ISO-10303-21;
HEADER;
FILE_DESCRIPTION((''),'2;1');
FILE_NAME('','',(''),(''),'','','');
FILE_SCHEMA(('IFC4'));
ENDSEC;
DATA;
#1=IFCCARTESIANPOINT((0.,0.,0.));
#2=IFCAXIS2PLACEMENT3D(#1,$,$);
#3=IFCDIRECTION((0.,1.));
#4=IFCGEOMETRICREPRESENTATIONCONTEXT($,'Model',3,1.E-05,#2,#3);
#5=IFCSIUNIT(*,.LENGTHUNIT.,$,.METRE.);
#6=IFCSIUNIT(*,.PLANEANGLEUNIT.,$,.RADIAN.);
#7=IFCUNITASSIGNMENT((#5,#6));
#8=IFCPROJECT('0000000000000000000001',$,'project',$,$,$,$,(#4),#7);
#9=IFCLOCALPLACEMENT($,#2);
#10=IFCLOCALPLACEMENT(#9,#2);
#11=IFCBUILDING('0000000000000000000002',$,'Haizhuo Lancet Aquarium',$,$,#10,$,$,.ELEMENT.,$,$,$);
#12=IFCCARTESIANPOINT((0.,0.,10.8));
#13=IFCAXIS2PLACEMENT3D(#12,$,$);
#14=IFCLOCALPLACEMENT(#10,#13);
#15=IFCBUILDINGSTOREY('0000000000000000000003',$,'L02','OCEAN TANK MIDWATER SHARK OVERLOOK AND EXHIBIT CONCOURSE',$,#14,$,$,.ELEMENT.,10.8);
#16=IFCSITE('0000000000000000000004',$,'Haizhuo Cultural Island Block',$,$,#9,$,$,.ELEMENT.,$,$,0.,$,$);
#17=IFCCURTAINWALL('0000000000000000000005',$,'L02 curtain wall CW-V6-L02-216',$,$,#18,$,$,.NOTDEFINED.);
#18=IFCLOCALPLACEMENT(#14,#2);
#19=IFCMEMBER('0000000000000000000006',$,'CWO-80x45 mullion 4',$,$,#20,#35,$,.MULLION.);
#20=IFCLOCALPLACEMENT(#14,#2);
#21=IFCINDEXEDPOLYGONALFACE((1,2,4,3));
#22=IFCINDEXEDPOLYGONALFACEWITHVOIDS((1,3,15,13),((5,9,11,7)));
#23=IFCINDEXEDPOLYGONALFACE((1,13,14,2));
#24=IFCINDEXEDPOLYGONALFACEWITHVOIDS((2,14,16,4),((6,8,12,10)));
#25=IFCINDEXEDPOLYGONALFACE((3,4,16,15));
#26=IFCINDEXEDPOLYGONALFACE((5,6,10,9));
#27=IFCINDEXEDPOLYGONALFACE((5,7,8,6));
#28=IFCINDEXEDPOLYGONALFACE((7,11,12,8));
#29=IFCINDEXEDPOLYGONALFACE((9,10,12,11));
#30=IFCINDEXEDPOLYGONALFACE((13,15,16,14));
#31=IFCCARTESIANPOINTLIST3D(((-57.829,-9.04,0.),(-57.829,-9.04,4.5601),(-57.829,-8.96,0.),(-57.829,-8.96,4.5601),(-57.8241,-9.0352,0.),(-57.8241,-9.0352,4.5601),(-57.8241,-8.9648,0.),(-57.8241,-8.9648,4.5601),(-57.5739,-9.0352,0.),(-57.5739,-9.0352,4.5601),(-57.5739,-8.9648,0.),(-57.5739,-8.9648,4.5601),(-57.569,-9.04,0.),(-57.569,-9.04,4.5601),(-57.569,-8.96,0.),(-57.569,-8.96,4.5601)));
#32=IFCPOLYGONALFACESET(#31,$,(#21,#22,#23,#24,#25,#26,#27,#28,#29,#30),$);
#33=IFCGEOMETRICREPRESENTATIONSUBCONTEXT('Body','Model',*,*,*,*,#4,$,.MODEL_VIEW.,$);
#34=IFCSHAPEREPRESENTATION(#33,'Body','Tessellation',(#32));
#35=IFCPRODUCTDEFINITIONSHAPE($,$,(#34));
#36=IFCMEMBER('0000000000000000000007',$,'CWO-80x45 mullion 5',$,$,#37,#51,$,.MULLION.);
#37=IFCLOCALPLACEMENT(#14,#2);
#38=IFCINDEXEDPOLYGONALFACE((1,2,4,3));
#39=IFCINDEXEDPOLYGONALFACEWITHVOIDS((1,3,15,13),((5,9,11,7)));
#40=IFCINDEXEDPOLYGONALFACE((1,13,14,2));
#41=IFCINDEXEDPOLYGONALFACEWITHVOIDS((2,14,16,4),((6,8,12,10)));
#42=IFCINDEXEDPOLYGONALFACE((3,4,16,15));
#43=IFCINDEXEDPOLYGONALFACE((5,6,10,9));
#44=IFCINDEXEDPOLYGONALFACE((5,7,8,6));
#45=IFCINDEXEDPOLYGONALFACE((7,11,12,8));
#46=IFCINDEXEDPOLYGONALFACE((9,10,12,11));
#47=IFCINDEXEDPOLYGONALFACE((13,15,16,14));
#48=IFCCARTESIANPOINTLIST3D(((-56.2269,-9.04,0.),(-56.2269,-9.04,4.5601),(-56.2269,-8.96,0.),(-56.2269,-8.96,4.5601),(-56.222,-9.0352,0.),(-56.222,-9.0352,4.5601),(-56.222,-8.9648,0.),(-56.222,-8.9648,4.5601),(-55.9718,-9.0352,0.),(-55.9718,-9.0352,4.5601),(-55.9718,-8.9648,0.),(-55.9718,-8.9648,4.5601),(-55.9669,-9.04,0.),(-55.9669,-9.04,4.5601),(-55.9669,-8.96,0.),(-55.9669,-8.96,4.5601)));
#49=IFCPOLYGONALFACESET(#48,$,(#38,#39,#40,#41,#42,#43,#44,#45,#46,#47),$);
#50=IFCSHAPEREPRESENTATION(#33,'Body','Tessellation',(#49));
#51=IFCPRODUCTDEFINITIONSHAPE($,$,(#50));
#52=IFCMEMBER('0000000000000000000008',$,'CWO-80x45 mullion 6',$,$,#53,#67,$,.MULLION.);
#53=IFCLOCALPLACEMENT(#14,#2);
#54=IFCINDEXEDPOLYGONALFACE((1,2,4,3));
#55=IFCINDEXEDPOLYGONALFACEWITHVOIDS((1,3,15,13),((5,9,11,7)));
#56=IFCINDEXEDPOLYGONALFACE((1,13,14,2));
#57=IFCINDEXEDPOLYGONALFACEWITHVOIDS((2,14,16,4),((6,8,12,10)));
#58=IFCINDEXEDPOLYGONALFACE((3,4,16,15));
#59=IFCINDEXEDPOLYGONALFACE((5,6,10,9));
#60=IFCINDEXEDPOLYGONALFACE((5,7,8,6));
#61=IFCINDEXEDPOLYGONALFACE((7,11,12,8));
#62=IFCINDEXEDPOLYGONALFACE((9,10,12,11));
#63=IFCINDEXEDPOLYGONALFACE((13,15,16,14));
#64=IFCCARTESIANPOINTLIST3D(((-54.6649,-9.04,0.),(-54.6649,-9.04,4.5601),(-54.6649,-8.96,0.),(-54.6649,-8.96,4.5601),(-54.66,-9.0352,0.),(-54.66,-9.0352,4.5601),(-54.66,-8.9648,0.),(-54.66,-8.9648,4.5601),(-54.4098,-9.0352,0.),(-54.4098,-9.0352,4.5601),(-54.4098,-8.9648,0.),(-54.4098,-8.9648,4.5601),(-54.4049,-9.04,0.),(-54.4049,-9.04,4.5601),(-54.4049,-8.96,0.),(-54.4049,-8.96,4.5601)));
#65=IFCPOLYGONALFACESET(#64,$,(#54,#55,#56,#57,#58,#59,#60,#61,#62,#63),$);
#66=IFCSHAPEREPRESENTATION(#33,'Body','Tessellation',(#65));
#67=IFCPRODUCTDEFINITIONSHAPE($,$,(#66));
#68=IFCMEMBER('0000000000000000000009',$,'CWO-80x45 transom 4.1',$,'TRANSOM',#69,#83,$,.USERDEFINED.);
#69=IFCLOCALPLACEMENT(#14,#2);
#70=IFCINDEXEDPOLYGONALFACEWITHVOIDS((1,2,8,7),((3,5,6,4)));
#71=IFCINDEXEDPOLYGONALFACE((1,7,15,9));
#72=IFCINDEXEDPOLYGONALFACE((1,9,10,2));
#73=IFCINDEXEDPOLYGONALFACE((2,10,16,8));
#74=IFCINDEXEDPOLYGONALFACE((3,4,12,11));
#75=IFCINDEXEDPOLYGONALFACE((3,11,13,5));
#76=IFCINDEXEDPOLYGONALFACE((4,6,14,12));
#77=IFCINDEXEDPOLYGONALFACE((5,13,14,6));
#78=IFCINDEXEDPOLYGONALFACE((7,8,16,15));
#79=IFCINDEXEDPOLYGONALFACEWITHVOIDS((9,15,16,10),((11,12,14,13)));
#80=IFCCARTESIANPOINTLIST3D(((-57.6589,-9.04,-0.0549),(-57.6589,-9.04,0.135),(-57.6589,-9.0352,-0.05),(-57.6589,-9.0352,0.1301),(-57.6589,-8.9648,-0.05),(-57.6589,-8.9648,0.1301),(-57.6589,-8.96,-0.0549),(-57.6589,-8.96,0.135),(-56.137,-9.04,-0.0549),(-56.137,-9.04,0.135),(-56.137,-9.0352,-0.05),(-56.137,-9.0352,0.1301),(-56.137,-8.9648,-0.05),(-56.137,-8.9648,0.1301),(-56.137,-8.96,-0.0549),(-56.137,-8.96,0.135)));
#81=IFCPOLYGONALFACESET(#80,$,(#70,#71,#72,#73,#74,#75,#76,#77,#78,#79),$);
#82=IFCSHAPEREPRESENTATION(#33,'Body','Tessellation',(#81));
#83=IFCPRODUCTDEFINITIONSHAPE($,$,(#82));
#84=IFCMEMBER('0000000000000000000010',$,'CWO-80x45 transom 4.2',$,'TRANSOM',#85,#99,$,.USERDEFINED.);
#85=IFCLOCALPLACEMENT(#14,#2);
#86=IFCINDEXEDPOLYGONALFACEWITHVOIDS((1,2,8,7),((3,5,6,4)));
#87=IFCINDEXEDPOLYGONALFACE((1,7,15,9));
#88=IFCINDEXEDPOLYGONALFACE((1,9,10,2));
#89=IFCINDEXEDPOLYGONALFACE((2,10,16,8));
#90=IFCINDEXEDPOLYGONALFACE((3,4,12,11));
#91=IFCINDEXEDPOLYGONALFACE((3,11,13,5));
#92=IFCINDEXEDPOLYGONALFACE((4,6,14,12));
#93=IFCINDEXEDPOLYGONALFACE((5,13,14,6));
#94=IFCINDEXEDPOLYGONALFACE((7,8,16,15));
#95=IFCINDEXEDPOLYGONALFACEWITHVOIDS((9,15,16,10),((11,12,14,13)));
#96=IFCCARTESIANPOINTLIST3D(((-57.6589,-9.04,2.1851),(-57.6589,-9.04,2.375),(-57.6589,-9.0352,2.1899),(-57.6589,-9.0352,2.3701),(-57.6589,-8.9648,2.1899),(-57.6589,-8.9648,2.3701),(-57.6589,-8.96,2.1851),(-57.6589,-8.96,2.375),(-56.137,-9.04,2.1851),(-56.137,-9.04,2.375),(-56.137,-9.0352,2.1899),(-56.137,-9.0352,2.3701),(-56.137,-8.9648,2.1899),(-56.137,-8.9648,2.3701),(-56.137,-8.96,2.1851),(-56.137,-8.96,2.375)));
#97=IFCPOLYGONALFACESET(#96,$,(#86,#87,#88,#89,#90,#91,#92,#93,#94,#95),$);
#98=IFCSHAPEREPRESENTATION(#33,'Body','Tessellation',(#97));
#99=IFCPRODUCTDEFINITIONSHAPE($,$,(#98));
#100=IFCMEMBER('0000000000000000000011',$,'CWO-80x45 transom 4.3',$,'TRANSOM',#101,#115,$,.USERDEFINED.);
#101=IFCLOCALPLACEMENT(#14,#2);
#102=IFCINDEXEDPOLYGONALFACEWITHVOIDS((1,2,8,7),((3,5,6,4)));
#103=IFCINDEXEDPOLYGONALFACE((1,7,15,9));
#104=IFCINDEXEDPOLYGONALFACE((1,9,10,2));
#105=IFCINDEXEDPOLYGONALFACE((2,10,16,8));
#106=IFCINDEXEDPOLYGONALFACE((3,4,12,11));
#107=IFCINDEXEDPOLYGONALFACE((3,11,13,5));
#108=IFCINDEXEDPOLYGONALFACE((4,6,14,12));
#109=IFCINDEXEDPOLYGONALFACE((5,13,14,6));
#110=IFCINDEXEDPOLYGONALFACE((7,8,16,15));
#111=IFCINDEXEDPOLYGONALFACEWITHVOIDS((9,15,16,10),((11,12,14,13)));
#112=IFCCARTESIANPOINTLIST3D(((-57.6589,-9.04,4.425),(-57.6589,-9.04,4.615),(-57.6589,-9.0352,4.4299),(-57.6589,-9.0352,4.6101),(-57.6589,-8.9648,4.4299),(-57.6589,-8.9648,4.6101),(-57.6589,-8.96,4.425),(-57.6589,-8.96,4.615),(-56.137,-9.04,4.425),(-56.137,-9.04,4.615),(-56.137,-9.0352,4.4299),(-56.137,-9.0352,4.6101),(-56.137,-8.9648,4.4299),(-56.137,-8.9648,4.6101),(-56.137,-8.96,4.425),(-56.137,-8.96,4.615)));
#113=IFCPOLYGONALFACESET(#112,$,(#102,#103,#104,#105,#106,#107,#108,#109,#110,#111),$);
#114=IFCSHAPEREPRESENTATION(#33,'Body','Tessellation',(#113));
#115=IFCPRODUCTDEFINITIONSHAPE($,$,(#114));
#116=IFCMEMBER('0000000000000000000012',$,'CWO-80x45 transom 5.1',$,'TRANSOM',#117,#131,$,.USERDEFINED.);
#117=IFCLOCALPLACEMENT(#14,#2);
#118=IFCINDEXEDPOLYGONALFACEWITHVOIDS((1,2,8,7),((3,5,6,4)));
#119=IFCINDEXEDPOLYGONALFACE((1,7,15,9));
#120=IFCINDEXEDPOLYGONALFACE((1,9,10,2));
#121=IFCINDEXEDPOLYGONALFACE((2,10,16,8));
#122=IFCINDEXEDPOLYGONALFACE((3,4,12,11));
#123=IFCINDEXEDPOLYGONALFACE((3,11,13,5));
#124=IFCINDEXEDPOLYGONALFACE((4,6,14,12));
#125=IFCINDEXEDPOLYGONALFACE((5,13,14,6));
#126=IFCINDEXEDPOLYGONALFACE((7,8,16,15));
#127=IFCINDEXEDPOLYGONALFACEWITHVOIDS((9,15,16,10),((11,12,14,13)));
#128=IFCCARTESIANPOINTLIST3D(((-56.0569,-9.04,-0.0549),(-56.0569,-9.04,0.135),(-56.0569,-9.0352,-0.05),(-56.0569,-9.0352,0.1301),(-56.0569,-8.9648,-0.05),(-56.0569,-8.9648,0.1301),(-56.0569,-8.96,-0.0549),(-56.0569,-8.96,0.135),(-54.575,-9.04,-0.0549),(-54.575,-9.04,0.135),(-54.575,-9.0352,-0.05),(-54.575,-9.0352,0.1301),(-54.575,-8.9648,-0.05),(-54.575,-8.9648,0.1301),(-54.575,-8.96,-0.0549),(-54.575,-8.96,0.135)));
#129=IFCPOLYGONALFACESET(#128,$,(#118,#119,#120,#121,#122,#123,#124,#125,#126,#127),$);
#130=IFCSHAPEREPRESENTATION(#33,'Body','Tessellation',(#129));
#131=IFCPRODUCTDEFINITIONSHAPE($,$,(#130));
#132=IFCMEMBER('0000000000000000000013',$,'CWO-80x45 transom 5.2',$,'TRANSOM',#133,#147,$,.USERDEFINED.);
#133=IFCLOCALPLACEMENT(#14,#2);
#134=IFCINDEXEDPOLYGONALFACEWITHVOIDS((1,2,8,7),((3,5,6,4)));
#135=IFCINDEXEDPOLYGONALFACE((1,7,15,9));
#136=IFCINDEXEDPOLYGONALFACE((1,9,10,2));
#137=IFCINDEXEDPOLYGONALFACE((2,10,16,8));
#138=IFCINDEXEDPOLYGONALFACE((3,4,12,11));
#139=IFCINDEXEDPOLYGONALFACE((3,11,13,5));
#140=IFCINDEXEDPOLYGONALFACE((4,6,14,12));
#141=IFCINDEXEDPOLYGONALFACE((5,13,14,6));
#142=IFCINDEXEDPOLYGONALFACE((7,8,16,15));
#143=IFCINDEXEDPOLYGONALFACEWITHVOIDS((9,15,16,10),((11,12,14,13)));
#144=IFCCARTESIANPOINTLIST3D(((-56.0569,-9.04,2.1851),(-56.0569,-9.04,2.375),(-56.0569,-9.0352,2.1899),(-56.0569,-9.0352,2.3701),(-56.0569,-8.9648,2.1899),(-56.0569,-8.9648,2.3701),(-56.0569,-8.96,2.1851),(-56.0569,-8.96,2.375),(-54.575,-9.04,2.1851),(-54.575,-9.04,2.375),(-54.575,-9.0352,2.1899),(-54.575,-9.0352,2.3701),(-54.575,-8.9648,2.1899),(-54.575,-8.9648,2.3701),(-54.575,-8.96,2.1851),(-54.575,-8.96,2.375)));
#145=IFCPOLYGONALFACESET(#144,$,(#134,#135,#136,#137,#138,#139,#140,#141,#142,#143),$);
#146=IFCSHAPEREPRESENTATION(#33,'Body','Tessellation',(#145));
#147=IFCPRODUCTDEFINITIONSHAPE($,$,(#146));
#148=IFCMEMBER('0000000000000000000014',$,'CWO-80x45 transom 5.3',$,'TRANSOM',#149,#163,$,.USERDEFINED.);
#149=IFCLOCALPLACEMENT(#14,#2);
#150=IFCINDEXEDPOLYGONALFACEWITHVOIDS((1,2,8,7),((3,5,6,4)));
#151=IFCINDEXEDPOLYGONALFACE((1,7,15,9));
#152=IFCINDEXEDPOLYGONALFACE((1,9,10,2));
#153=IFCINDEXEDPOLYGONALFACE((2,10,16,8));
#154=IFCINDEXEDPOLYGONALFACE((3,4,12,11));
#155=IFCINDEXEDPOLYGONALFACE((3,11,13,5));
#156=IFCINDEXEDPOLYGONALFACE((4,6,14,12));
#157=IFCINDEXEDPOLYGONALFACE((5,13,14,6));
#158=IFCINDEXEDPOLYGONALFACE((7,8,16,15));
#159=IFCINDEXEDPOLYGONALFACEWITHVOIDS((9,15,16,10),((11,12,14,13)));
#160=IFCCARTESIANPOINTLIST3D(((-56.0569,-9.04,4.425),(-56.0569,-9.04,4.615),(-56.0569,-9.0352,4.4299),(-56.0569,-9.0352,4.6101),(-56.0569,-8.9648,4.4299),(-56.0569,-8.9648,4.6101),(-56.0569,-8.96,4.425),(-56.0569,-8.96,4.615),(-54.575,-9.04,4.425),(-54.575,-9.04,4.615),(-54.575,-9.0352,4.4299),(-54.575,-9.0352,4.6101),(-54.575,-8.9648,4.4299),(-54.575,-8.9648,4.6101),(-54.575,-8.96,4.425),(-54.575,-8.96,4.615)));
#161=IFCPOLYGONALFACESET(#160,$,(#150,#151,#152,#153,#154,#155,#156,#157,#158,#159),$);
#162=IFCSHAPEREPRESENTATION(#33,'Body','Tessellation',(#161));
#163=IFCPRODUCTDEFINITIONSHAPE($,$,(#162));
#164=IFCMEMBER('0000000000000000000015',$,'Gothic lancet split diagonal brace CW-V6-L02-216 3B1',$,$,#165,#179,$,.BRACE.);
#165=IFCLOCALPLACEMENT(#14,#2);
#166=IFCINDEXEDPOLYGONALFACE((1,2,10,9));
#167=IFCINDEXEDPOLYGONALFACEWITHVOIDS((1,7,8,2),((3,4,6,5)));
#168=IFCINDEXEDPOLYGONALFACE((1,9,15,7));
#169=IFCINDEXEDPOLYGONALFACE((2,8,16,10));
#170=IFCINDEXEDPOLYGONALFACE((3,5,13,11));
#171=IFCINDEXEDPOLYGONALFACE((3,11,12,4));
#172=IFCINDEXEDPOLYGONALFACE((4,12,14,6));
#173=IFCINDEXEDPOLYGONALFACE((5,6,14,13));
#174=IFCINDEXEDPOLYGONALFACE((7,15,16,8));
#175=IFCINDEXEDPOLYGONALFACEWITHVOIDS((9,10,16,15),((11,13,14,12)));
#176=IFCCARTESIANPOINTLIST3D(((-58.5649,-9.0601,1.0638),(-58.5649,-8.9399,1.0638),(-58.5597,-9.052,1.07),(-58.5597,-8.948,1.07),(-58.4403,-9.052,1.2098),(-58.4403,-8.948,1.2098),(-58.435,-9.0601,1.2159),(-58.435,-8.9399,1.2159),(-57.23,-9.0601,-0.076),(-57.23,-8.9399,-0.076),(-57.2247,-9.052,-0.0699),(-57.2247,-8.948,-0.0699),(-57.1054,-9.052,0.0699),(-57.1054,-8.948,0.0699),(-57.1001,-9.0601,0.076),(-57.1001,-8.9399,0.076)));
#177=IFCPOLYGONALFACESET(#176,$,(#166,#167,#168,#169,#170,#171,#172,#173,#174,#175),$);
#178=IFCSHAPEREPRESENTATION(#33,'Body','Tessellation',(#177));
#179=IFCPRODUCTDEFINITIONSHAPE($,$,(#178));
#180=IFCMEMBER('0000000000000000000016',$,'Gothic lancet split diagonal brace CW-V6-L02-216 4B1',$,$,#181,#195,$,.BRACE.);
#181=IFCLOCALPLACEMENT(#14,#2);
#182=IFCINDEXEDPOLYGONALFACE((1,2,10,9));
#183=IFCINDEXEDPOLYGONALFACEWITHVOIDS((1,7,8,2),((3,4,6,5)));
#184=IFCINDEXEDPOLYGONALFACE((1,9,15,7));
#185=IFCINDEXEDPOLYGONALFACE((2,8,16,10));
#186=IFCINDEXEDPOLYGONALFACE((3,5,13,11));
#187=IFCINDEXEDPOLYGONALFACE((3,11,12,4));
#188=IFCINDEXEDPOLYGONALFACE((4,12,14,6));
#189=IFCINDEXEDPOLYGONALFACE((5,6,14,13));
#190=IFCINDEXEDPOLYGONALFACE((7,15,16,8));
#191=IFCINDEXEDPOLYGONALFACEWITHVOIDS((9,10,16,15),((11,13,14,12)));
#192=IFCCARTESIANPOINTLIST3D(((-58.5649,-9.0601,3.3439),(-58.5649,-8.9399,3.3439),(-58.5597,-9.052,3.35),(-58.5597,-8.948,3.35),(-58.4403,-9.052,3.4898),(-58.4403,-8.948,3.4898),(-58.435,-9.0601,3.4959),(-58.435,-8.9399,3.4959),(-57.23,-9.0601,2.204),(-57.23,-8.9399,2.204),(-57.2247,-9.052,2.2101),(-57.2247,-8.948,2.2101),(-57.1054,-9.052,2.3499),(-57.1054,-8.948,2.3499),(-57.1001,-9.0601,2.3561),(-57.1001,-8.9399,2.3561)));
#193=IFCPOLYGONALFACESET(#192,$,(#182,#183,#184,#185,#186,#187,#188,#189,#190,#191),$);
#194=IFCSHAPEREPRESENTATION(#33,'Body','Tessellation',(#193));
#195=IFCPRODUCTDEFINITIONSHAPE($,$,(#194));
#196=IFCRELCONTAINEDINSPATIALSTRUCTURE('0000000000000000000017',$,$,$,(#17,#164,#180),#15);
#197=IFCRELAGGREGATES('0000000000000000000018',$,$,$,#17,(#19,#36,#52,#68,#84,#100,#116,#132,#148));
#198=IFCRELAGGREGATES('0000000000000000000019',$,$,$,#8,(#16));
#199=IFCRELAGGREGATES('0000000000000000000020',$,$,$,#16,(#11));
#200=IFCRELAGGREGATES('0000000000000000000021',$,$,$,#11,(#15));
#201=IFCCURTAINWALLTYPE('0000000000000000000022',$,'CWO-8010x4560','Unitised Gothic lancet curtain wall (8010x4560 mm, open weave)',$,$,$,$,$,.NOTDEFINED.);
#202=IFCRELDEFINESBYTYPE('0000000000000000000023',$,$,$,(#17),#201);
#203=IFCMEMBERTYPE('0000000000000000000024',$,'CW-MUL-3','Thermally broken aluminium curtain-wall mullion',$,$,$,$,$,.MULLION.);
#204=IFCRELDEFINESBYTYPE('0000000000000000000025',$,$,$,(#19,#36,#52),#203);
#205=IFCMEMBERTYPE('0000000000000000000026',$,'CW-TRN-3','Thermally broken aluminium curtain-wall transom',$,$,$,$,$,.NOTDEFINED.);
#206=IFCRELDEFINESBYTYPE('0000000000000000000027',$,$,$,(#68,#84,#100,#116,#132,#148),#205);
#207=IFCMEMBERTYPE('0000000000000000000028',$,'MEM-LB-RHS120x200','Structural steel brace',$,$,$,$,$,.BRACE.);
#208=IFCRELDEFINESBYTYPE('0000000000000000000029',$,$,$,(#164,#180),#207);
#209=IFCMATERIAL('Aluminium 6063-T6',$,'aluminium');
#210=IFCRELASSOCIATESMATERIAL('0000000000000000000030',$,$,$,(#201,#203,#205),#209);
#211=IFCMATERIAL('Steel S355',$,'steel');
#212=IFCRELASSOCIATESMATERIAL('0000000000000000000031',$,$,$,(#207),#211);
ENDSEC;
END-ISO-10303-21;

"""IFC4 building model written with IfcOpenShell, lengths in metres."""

from ifc_helpers import new_model, si_unit, direction, frame, origin, origin_2d, place, context, subcontext, project, spatial, hollow_rectangle, extrude, material, material_profile, profile_set, type_object, element, aggregate, save


model = new_model("IFC4")

# Units and contexts
model_context = context("Model", 3, precision=1e-05, world=origin(), true_north=direction((0.0, 1.0)))
body_context = subcontext(model_context, "Body", "Model", "MODEL_VIEW")
ifc_project = project(units=[si_unit("LENGTHUNIT", "METRE"), si_unit("PLANEANGLEUNIT", "RADIAN")], contexts=[model_context])

# Site, building, storey
site_placement = place(None, origin())
site = spatial("IfcSite", under=ifc_project, at=site_placement, Name="Haizhuo Cultural Island Block", CompositionType="ELEMENT", RefElevation=0.0)
building_placement = place(site_placement, origin())
building = spatial("IfcBuilding", under=site, at=building_placement, Name="Haizhuo Lancet Aquarium", CompositionType="ELEMENT")
storey_placement = place(building_placement, frame((0.0, 0.0, 10.8)))
storey = spatial("IfcBuildingStorey", under=building, at=storey_placement, Name="L02", Description="OCEAN TANK MIDWATER SHARK OVERLOOK AND EXHIBIT CONCOURSE", CompositionType="ELEMENT", Elevation=10.8)

# Curtain wall, members
ifc_material_1 = material(Name="Aluminium 6063-T6", Category="aluminium")
curtain_wall_type = type_object("IfcCurtainWallType", Name="CWO-8010x4560", Description="Unitised Gothic lancet curtain wall (8010x4560 mm, open weave)", PredefinedType="NOTDEFINED", material=ifc_material_1)
curtain_wall_placement = place(storey_placement, origin())
curtain_wall = element("IfcCurtainWall", 1, at=curtain_wall_placement, inside=storey, type_object=curtain_wall_type, Name="L02 curtain wall CW-V6-L02-216", PredefinedType="NOTDEFINED")
ifc_material_profile_1 = material_profile(ifc_material_1, hollow_rectangle(XDim=0.0801, YDim=0.26, WallThickness=0.0049, at=origin_2d()), Name="ALU-M 80x260x5")
ifc_profile_set_1 = profile_set([ifc_material_profile_1], Name="Aluminium 6063-T6")
member_type_1 = type_object("IfcMemberType", Name="CW-MUL-3", Description="Thermally broken aluminium curtain-wall mullion", PredefinedType="MULLION", material=ifc_profile_set_1)
member_1_placement = place(storey_placement, frame((-57.699, -9.0, 0.0), z_axis=(0.0, 0.0, 1.0), x_axis=(0.0, 1.0, 0.0)))
member_1 = element("IfcMember", 2, at=member_1_placement, type_object=member_type_1, Name="CWO-80x45 mullion 4", PredefinedType="MULLION", context=body_context, shape_type="SweptSolid", body=[
    extrude(hollow_rectangle(XDim=0.0801, YDim=0.26, WallThickness=0.0049, at=origin_2d()), origin(), (0.0, 0.0, 1.0), 4.5601),
])
member_2_placement = place(storey_placement, frame((-56.0969, -9.0, 0.0), z_axis=(0.0, 0.0, 1.0), x_axis=(0.0, 1.0, 0.0)))
member_2 = element("IfcMember", 3, at=member_2_placement, type_object=member_type_1, Name="CWO-80x45 mullion 5", PredefinedType="MULLION", context=body_context, shape_type="SweptSolid", body=[
    extrude(hollow_rectangle(XDim=0.0801, YDim=0.26, WallThickness=0.0049, at=origin_2d()), origin(), (0.0, 0.0, 1.0), 4.5601),
])
member_3_placement = place(storey_placement, frame((-54.5349, -9.0, 0.0), z_axis=(0.0, 0.0, 1.0), x_axis=(0.0, 1.0, 0.0)))
member_3 = element("IfcMember", 4, at=member_3_placement, type_object=member_type_1, Name="CWO-80x45 mullion 6", PredefinedType="MULLION", context=body_context, shape_type="SweptSolid", body=[
    extrude(hollow_rectangle(XDim=0.0801, YDim=0.26, WallThickness=0.0049, at=origin_2d()), origin(), (0.0, 0.0, 1.0), 4.5601),
])
ifc_material_profile_2 = material_profile(ifc_material_1, hollow_rectangle(XDim=0.0801, YDim=0.1899, WallThickness=0.0049, at=origin_2d()), Name="ALU-T 80x190x5")
ifc_profile_set_2 = profile_set([ifc_material_profile_2], Name="Aluminium 6063-T6")
member_type_2 = type_object("IfcMemberType", Name="CW-TRN-3", Description="Thermally broken aluminium curtain-wall transom", PredefinedType="NOTDEFINED", material=ifc_profile_set_2)
member_4_placement = place(storey_placement, frame((-57.6589, -9.0, 0.04), z_axis=(1.0, 0.0, 0.0), x_axis=(0.0, 1.0, 0.0)))
member_4 = element("IfcMember", 5, at=member_4_placement, type_object=member_type_2, Name="CWO-80x45 transom 4.1", ObjectType="TRANSOM", PredefinedType="USERDEFINED", context=body_context, shape_type="SweptSolid", body=[
    extrude(hollow_rectangle(XDim=0.0801, YDim=0.1899, WallThickness=0.0049, at=origin_2d()), origin(), (0.0, 0.0, 1.0), 1.522),
])
member_5_placement = place(storey_placement, frame((-57.6589, -9.0, 2.28), z_axis=(1.0, 0.0, 0.0), x_axis=(0.0, 1.0, 0.0)))
member_5 = element("IfcMember", 6, at=member_5_placement, type_object=member_type_2, Name="CWO-80x45 transom 4.2", ObjectType="TRANSOM", PredefinedType="USERDEFINED", context=body_context, shape_type="SweptSolid", body=[
    extrude(hollow_rectangle(XDim=0.0801, YDim=0.1899, WallThickness=0.0049, at=origin_2d()), origin(), (0.0, 0.0, 1.0), 1.522),
])
member_6_placement = place(storey_placement, frame((-57.6589, -9.0, 4.52), z_axis=(1.0, 0.0, 0.0), x_axis=(0.0, 1.0, 0.0)))
member_6 = element("IfcMember", 7, at=member_6_placement, type_object=member_type_2, Name="CWO-80x45 transom 4.3", ObjectType="TRANSOM", PredefinedType="USERDEFINED", context=body_context, shape_type="SweptSolid", body=[
    extrude(hollow_rectangle(XDim=0.0801, YDim=0.1899, WallThickness=0.0049, at=origin_2d()), origin(), (0.0, 0.0, 1.0), 1.522),
])
member_7_placement = place(storey_placement, frame((-56.0569, -9.0, 0.04), z_axis=(1.0, 0.0, 0.0), x_axis=(0.0, 1.0, 0.0)))
member_7 = element("IfcMember", 8, at=member_7_placement, type_object=member_type_2, Name="CWO-80x45 transom 5.1", ObjectType="TRANSOM", PredefinedType="USERDEFINED", context=body_context, shape_type="SweptSolid", body=[
    extrude(hollow_rectangle(XDim=0.0801, YDim=0.1899, WallThickness=0.0049, at=origin_2d()), origin(), (0.0, 0.0, 1.0), 1.4819),
])
member_8_placement = place(storey_placement, frame((-56.0569, -9.0, 2.28), z_axis=(1.0, 0.0, 0.0), x_axis=(0.0, 1.0, 0.0)))
member_8 = element("IfcMember", 9, at=member_8_placement, type_object=member_type_2, Name="CWO-80x45 transom 5.2", ObjectType="TRANSOM", PredefinedType="USERDEFINED", context=body_context, shape_type="SweptSolid", body=[
    extrude(hollow_rectangle(XDim=0.0801, YDim=0.1899, WallThickness=0.0049, at=origin_2d()), origin(), (0.0, 0.0, 1.0), 1.4819),
])
member_9_placement = place(storey_placement, frame((-56.0569, -9.0, 4.52), z_axis=(1.0, 0.0, 0.0), x_axis=(0.0, 1.0, 0.0)))
member_9 = element("IfcMember", 10, at=member_9_placement, type_object=member_type_2, Name="CWO-80x45 transom 5.3", ObjectType="TRANSOM", PredefinedType="USERDEFINED", context=body_context, shape_type="SweptSolid", body=[
    extrude(hollow_rectangle(XDim=0.0801, YDim=0.1899, WallThickness=0.0049, at=origin_2d()), origin(), (0.0, 0.0, 1.0), 1.4819),
])

# Members
ifc_material_2 = material(Name="Steel S355", Category="steel")
ifc_material_profile_3 = material_profile(ifc_material_2, hollow_rectangle(XDim=0.1201, YDim=0.2, WallThickness=0.0081, at=origin_2d()), Name="RHS 120x200x8")
ifc_profile_set_3 = profile_set([ifc_material_profile_3], Name="Steel S355")
member_type_3 = type_object("IfcMemberType", Name="MEM-LB-RHS120x200", Description="Structural steel brace", PredefinedType="BRACE", material=ifc_profile_set_3)
for number, where, z_axis, x_axis, name in (
    (11, (-57.165, -9.0, 0.0), (-0.760482, 0.0, 0.649359), (0.0, -1.0, 0.0), "Gothic lancet split diagonal brace CW-V6-L02-216 3B1"),
    (12, (-57.165, -9.0, 2.28), (-0.760482, 0.0, 0.649359), (0.0, -1.0, 0.0), "Gothic lancet split diagonal brace CW-V6-L02-216 4B1"),
):
    element("IfcMember", number, at=place(storey_placement, frame(where, z_axis=z_axis, x_axis=x_axis)), inside=storey, type_object=member_type_3, Name=name, PredefinedType="BRACE", context=body_context, shape_type="SweptSolid", body=[
        extrude(hollow_rectangle(XDim=0.1201, YDim=0.2, WallThickness=0.0081, at=origin_2d()), origin(), (0.0, 0.0, 1.0), 1.7554),
    ])

aggregate(curtain_wall, [member_1, member_2, member_3, member_4, member_5, member_6, member_7, member_8, member_9])

save(model, "model.ifc")
